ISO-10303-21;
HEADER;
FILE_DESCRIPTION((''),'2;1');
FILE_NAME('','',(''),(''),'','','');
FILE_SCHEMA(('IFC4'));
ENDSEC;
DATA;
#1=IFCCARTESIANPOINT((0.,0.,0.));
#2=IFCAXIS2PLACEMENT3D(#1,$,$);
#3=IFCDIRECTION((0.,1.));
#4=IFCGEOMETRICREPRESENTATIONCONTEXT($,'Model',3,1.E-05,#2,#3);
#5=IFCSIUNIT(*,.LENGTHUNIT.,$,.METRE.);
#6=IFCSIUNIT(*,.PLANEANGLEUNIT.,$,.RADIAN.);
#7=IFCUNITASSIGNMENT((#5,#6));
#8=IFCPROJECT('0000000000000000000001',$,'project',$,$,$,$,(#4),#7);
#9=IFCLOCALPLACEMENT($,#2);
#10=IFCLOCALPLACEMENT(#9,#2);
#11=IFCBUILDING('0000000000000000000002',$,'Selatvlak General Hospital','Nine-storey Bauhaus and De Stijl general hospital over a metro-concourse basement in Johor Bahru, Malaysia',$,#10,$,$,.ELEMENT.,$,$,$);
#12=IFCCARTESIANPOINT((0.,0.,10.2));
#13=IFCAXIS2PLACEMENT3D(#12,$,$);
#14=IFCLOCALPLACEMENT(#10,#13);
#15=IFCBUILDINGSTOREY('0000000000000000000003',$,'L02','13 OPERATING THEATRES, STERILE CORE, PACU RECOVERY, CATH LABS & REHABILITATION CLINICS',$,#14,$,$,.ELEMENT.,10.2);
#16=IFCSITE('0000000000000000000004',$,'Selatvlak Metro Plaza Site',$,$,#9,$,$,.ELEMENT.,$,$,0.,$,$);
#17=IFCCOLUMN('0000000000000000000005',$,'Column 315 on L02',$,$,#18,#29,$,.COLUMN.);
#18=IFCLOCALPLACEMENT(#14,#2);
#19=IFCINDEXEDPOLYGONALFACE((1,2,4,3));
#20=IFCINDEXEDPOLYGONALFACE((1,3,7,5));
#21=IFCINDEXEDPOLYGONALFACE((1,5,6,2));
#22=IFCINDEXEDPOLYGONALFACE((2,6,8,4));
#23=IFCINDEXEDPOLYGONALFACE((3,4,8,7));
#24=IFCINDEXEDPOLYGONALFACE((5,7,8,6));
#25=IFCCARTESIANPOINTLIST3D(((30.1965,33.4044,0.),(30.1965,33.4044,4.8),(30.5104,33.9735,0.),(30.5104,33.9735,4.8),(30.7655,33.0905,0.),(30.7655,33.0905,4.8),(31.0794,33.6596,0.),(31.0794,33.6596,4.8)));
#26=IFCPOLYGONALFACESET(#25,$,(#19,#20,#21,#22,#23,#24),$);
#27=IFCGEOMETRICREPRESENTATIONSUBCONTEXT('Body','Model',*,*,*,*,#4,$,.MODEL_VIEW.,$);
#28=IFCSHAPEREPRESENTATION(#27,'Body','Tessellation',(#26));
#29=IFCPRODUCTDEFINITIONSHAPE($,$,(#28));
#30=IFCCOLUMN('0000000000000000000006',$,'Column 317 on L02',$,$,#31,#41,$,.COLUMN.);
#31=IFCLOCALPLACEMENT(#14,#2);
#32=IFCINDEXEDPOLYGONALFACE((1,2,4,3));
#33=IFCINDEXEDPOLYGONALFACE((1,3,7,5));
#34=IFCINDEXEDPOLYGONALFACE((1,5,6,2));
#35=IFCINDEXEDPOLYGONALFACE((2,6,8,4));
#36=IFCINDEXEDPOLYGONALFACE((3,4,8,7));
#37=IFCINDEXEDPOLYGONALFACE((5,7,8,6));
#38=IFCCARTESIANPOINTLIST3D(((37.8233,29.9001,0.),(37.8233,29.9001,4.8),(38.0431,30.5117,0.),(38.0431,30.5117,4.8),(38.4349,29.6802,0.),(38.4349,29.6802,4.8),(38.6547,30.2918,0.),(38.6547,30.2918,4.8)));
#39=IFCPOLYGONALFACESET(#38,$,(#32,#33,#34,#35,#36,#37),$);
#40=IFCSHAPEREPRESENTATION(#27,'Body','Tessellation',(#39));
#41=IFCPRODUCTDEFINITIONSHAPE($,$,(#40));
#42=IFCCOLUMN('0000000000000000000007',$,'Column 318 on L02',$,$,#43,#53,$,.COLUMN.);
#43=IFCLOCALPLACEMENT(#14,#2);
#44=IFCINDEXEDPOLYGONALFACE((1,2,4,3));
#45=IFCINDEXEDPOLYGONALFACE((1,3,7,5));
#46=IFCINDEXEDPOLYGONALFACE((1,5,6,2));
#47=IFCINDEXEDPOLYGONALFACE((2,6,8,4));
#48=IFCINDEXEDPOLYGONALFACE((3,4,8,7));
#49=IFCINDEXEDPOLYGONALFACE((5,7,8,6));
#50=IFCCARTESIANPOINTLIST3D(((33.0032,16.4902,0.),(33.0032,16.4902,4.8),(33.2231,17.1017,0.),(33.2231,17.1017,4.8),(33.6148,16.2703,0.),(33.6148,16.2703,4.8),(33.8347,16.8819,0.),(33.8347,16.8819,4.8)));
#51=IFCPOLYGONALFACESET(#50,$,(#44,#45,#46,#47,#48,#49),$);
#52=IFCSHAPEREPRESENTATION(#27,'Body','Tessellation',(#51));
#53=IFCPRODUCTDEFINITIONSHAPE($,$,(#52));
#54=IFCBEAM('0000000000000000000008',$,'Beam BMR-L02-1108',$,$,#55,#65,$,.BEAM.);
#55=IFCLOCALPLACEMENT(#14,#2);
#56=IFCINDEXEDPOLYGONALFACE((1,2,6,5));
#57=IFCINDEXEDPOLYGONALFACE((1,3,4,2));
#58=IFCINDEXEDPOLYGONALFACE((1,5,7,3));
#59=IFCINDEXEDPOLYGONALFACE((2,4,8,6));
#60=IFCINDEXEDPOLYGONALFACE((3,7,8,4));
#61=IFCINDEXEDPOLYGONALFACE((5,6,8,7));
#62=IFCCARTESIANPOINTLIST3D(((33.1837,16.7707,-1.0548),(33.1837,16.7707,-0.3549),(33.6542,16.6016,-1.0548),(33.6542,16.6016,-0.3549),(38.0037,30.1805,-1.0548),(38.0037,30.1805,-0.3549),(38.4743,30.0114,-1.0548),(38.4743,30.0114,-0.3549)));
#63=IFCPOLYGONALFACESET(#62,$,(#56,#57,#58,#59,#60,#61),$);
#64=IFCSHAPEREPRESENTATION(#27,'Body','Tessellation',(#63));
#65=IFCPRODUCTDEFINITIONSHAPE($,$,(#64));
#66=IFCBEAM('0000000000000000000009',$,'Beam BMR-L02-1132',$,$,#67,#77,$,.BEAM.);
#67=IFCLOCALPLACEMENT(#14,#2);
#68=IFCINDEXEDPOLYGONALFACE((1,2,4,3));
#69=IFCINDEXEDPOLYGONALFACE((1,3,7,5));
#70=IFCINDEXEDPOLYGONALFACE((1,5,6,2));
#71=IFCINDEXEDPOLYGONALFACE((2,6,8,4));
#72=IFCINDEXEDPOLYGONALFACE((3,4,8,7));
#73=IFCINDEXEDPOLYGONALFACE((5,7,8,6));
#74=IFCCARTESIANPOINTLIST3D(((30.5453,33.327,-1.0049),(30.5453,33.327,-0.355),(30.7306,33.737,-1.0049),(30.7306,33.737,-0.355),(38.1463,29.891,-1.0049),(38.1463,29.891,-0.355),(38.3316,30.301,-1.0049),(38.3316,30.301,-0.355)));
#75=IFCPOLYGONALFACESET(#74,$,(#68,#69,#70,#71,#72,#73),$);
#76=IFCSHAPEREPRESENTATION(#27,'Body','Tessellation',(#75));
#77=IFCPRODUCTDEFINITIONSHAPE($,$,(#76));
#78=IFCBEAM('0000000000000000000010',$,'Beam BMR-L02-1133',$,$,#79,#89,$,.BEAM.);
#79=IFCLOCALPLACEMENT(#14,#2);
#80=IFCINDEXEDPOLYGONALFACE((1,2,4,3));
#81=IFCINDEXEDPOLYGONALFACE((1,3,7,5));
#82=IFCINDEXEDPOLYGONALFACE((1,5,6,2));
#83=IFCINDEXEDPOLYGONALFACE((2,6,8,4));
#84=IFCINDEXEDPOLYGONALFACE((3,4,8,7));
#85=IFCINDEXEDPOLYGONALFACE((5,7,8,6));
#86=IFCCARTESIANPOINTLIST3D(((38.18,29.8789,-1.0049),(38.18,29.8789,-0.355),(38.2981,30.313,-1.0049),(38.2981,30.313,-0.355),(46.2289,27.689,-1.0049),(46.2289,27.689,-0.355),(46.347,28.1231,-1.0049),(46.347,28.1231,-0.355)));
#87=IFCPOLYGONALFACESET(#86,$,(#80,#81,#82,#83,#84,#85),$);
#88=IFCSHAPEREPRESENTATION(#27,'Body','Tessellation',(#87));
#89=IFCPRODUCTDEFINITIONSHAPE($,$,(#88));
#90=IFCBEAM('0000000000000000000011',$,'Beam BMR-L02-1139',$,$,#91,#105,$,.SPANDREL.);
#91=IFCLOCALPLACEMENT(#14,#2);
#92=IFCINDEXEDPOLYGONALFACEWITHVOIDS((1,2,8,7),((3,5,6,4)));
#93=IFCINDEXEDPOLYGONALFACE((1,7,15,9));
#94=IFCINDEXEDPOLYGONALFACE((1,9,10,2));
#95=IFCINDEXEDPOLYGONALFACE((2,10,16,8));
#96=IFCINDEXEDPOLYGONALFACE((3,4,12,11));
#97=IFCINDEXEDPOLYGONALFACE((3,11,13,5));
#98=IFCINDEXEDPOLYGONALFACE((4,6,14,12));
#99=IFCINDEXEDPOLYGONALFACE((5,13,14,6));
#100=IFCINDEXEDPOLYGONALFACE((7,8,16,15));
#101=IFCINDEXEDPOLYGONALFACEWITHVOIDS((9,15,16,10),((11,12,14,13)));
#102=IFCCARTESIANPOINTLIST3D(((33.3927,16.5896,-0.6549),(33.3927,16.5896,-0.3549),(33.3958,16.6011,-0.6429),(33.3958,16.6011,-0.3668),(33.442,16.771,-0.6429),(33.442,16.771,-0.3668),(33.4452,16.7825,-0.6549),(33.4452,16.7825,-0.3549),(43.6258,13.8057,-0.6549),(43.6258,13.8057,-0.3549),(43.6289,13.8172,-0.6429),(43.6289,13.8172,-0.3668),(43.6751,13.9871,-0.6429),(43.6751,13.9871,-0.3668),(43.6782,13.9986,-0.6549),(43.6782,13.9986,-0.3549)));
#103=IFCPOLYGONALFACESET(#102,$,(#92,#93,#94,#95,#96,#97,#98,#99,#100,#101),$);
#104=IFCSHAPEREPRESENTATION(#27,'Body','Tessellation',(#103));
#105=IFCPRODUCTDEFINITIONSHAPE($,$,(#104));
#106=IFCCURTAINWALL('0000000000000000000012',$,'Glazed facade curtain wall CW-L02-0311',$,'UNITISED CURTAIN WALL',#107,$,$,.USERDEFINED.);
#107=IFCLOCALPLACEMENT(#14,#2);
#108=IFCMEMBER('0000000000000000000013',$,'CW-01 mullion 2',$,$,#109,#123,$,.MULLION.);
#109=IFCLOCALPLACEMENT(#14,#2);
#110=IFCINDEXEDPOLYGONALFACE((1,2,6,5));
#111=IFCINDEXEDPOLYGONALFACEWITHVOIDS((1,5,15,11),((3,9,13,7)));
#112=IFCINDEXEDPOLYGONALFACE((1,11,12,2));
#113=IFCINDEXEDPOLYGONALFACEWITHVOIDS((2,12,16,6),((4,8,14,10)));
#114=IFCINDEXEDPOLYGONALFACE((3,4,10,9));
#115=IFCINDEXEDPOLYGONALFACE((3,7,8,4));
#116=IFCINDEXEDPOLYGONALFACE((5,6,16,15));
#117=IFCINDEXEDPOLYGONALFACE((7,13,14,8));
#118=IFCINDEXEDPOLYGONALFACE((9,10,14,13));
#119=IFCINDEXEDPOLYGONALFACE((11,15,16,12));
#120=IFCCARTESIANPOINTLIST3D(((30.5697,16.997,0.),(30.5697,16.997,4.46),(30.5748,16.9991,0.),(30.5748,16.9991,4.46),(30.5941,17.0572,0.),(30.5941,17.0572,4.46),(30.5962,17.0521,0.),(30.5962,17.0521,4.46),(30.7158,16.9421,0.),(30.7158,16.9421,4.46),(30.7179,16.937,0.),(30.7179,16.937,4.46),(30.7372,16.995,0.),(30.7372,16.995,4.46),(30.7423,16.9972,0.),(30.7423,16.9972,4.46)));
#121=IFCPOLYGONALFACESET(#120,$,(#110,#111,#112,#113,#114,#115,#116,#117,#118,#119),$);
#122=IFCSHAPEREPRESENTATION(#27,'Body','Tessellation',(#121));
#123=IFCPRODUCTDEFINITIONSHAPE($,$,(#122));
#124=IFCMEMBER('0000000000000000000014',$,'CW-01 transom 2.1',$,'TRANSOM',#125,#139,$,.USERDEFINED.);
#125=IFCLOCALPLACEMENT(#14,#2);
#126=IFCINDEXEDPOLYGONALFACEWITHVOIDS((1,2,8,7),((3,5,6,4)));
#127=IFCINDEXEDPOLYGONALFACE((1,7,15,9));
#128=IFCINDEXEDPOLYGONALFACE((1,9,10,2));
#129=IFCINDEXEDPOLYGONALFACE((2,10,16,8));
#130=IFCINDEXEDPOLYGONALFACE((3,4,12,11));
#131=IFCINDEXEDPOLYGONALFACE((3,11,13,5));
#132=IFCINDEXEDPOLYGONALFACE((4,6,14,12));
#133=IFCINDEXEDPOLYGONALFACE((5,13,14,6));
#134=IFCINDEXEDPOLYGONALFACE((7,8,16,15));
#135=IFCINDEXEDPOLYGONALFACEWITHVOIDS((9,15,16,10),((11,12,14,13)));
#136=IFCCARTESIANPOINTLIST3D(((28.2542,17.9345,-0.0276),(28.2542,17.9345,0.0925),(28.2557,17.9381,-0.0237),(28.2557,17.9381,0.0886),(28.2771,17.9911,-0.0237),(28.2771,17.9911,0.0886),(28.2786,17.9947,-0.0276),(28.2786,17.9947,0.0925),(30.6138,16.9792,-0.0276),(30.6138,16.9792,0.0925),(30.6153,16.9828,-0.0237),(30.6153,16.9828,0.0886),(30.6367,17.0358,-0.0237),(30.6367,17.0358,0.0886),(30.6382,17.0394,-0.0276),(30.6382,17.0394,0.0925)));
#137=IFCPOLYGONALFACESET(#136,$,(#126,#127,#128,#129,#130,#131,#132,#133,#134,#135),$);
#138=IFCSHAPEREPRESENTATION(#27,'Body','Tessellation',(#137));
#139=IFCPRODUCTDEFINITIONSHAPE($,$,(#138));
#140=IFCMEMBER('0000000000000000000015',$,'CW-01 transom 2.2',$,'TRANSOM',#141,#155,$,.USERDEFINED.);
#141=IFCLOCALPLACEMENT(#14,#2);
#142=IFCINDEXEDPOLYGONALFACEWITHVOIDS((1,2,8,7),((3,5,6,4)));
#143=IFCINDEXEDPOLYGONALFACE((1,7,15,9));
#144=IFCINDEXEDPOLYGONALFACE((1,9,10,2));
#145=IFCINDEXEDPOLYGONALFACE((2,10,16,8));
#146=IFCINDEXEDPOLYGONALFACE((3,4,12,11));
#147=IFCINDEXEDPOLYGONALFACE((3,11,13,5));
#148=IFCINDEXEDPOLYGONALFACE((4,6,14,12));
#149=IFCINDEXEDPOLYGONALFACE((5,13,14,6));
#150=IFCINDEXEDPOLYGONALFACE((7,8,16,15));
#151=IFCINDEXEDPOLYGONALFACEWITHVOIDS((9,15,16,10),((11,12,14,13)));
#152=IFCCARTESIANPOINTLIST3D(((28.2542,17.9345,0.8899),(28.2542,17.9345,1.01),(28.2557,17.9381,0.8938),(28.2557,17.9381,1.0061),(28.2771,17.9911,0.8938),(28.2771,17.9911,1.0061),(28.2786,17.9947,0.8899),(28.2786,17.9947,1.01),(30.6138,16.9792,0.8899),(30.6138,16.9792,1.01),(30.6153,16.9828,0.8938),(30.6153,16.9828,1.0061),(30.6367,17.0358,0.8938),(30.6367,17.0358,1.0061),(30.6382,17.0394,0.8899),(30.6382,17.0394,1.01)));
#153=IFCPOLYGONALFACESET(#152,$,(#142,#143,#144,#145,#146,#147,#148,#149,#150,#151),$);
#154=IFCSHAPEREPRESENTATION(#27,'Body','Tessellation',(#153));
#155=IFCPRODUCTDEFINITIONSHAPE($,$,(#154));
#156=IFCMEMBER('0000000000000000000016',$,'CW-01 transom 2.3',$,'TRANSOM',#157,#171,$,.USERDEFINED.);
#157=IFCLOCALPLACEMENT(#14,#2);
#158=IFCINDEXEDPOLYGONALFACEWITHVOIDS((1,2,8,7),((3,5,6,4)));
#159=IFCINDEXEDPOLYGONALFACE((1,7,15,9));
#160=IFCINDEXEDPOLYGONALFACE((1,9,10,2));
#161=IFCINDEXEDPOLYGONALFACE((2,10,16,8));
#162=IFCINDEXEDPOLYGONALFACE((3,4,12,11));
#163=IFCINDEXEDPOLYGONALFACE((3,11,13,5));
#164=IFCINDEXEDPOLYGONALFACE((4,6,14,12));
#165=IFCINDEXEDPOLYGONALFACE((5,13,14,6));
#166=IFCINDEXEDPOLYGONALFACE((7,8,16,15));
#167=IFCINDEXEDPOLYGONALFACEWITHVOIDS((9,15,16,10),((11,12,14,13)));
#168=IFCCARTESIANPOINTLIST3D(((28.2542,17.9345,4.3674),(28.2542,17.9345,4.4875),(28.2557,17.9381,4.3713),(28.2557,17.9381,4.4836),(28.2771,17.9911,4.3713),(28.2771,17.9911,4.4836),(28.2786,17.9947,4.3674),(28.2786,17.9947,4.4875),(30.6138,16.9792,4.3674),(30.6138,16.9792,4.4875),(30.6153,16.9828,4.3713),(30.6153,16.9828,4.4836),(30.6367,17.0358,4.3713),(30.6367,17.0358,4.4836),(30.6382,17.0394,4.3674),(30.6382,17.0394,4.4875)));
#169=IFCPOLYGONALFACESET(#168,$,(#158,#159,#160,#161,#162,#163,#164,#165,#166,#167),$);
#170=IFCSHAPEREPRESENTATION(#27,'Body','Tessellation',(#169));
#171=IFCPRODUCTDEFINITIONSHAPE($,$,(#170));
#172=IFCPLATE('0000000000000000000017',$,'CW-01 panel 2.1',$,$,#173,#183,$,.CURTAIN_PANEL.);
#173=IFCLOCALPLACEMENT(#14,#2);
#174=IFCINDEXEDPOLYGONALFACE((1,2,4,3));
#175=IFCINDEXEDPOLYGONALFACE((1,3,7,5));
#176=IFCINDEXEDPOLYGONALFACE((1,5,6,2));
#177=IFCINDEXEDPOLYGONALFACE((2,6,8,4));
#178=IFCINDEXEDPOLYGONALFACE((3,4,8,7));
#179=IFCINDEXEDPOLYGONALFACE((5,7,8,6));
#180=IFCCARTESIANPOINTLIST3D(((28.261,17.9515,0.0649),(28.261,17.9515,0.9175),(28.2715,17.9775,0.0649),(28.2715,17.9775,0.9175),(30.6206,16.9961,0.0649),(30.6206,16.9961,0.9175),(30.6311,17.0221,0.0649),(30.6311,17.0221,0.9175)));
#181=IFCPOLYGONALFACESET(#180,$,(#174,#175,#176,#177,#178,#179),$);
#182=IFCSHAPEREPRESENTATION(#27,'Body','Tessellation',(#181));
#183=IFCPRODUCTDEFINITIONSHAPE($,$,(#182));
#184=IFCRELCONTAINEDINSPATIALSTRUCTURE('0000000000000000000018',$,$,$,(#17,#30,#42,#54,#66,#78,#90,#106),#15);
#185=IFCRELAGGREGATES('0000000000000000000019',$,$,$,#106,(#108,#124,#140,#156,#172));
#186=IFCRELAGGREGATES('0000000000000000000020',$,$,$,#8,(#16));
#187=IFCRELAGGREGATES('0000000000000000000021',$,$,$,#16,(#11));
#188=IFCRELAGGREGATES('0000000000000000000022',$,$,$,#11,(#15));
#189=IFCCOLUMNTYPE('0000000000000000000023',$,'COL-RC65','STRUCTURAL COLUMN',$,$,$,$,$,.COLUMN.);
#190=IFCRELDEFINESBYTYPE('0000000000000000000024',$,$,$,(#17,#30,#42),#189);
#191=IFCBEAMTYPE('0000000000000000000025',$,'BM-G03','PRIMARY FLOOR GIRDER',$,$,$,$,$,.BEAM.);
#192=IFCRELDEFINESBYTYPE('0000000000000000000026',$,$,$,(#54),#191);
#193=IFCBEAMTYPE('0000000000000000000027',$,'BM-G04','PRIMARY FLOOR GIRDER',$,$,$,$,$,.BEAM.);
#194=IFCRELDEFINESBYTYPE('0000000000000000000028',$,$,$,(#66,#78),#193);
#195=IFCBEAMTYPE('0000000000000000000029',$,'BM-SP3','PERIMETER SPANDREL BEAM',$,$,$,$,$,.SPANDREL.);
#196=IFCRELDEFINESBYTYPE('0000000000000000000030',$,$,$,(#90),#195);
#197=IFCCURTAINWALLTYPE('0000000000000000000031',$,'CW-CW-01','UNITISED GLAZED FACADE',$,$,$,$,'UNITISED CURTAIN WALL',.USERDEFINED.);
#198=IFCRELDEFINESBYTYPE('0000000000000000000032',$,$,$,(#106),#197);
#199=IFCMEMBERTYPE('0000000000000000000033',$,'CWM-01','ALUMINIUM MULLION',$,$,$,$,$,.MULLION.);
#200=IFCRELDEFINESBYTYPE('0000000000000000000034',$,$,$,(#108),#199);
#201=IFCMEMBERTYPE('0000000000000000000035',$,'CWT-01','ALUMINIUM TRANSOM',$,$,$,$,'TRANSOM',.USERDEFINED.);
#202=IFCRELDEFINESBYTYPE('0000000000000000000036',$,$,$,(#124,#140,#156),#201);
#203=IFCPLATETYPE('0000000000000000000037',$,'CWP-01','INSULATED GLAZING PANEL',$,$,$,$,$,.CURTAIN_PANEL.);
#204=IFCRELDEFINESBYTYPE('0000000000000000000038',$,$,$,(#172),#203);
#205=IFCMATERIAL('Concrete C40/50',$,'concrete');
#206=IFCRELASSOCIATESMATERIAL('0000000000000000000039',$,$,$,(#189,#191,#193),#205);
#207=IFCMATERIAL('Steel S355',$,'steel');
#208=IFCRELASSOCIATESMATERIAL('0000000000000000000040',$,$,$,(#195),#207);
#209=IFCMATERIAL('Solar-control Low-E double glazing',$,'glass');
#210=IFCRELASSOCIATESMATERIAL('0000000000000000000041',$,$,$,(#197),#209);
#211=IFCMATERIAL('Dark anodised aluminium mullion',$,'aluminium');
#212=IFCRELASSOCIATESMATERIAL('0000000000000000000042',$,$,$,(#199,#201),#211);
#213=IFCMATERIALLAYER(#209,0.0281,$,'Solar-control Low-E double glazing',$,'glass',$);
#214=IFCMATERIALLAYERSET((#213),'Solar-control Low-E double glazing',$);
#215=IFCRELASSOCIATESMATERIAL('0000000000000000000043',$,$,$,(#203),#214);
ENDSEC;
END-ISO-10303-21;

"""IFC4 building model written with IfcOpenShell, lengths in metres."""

from ifc_helpers import new_model, si_unit, direction, frame, origin, origin_2d, place, context, subcontext, project, spatial, rectangle, hollow_rectangle, extrude, material, layer, layer_set, material_profile, profile_set, type_object, element, aggregate, save


model = new_model("IFC4")

# Units and contexts
model_context = context("Model", 3, precision=1e-05, world=origin(), true_north=direction((0.0, 1.0)))
body_context = subcontext(model_context, "Body", "Model", "MODEL_VIEW")
ifc_project = project(units=[si_unit("LENGTHUNIT", "METRE"), si_unit("PLANEANGLEUNIT", "RADIAN")], contexts=[model_context])

# Site, building, storey
site_placement = place(None, origin())
site = spatial("IfcSite", under=ifc_project, at=site_placement, Name="Selatvlak Metro Plaza Site", CompositionType="ELEMENT", RefElevation=0.0)
building_placement = place(site_placement, origin())
building = spatial("IfcBuilding", under=site, at=building_placement, Name="Selatvlak General Hospital", Description="Nine-storey Bauhaus and De Stijl general hospital over a metro-concourse basement in Johor Bahru, Malaysia", CompositionType="ELEMENT")
storey_placement = place(building_placement, frame((0.0, 0.0, 10.2)))
storey = spatial("IfcBuildingStorey", under=building, at=storey_placement, Name="L02", Description="13 OPERATING THEATRES, STERILE CORE, PACU RECOVERY, CATH LABS & REHABILITATION CLINICS", CompositionType="ELEMENT", Elevation=10.2)

# Columns
ifc_material_1 = material(Name="Concrete C40/50", Category="concrete")
ifc_material_profile_1 = material_profile(ifc_material_1, rectangle(XDim=0.6499, YDim=0.6499, at=origin_2d()), Name="RC-COL 650x650")
ifc_profile_set_1 = profile_set([ifc_material_profile_1], Name="Concrete C40/50")
column_type = type_object("IfcColumnType", Name="COL-RC65", Description="STRUCTURAL COLUMN", PredefinedType="COLUMN", material=ifc_profile_set_1)
for number, where, z_axis, x_axis, name in (
    (1, (30.6379, 33.532, 0.0), (0.0, 0.0, 1.0), (0.483007, 0.875616, 0.0), "Column 315 on L02"),
    (2, (38.239, 30.0959, 0.0), (0.0, 0.0, 1.0), (0.338262, 0.941052, 0.0), "Column 317 on L02"),
    (3, (33.4189, 16.686, 0.0), (0.0, 0.0, 1.0), (0.338262, 0.941052, 0.0), "Column 318 on L02"),
):
    element("IfcColumn", number, at=place(storey_placement, frame(where, z_axis=z_axis, x_axis=x_axis)), inside=storey, type_object=column_type, Name=name, PredefinedType="COLUMN", context=body_context, shape_type="SweptSolid", body=[
        extrude(rectangle(XDim=0.6499, YDim=0.6499, at=origin_2d()), origin(), (0.0, 0.0, 1.0), 4.8),
    ])

# Beams
ifc_material_profile_2 = material_profile(ifc_material_1, rectangle(XDim=0.5, YDim=0.7, at=origin_2d()), Name="RC-BM 500x700")
ifc_profile_set_2 = profile_set([ifc_material_profile_2], Name="Concrete C40/50")
beam_type_1 = type_object("IfcBeamType", Name="BM-G03", Description="PRIMARY FLOOR GIRDER", PredefinedType="BEAM", material=ifc_profile_set_2)
beam_1_placement = place(storey_placement, frame((38.239, 30.0959, -0.7048), z_axis=(-0.338253, -0.941055, 0.0), x_axis=(0.941055, -0.338253, 0.0)))
element("IfcBeam", 4, at=beam_1_placement, inside=storey, type_object=beam_type_1, Name="Beam BMR-L02-1108", PredefinedType="BEAM", context=body_context, shape_type="SweptSolid", body=[
    extrude(rectangle(XDim=0.5, YDim=0.7, at=origin_2d()), origin(), (0.0, 0.0, 1.0), 14.2498),
])
ifc_material_profile_3 = material_profile(ifc_material_1, rectangle(XDim=0.45, YDim=0.6499, at=origin_2d()), Name="RC-BM 450x650")
ifc_profile_set_3 = profile_set([ifc_material_profile_3], Name="Concrete C40/50")
beam_type_2 = type_object("IfcBeamType", Name="BM-G04", Description="PRIMARY FLOOR GIRDER", PredefinedType="BEAM", material=ifc_profile_set_3)
for number, where, z_axis, x_axis, name in (
    (5, (30.6379, 33.532, -0.6799), (0.911223, -0.411914, 0.0), (0.411914, 0.911223, 0.0), "Beam BMR-L02-1132"),
    (6, (38.239, 30.0959, -0.6799), (0.964924, -0.26253, 0.0), (0.26253, 0.964924, 0.0), "Beam BMR-L02-1133"),
):
    element("IfcBeam", number, at=place(storey_placement, frame(where, z_axis=z_axis, x_axis=x_axis)), inside=storey, type_object=beam_type_2, Name=name, PredefinedType="BEAM", context=body_context, shape_type="SweptSolid", body=[
        extrude(rectangle(XDim=0.45, YDim=0.6499, at=origin_2d()), origin(), (0.0, 0.0, 1.0), 8.3416),
    ])
ifc_material_2 = material(Name="Steel S355", Category="steel")
ifc_material_profile_4 = material_profile(ifc_material_2, hollow_rectangle(XDim=0.2, YDim=0.3, WallThickness=0.012, at=origin_2d()), Name="RHS 300x200x12")
ifc_profile_set_4 = profile_set([ifc_material_profile_4], Name="Steel S355")
beam_type_3 = type_object("IfcBeamType", Name="BM-SP3", Description="PERIMETER SPANDREL BEAM", PredefinedType="SPANDREL", material=ifc_profile_set_4)
beam_2_placement = place(storey_placement, frame((33.4189, 16.686, -0.5049), z_axis=(0.964929, -0.26251, 0.0), x_axis=(0.26251, 0.964929, 0.0)))
element("IfcBeam", 7, at=beam_2_placement, inside=storey, type_object=beam_type_3, Name="Beam BMR-L02-1139", PredefinedType="SPANDREL", context=body_context, shape_type="SweptSolid", body=[
    extrude(hollow_rectangle(XDim=0.2, YDim=0.3, WallThickness=0.012, at=origin_2d()), origin(), (0.0, 0.0, 1.0), 10.605),
])

# Curtain wall, members, plate
ifc_material_3 = material(Name="Solar-control Low-E double glazing", Category="glass")
curtain_wall_type = type_object("IfcCurtainWallType", Name="CW-CW-01", Description="UNITISED GLAZED FACADE", ElementType="UNITISED CURTAIN WALL", PredefinedType="USERDEFINED", material=ifc_material_3)
curtain_wall_placement = place(storey_placement, origin())
curtain_wall = element("IfcCurtainWall", 8, at=curtain_wall_placement, inside=storey, type_object=curtain_wall_type, Name="Glazed facade curtain wall CW-L02-0311", ObjectType="UNITISED CURTAIN WALL", PredefinedType="USERDEFINED")
ifc_material_4 = material(Name="Dark anodised aluminium mullion", Category="aluminium")
ifc_material_profile_5 = material_profile(ifc_material_4, hollow_rectangle(XDim=0.0649, YDim=0.1599, WallThickness=0.0039, at=origin_2d()), Name="AL-MUL 65x160x4")
ifc_profile_set_5 = profile_set([ifc_material_profile_5], Name="Dark anodised aluminium mullion")
member_type_1 = type_object("IfcMemberType", Name="CWM-01", Description="ALUMINIUM MULLION", PredefinedType="MULLION", material=ifc_profile_set_5)
member_1_placement = place(storey_placement, frame((30.656, 16.9971, 0.0), z_axis=(0.0, 0.0, 1.0), x_axis=(-0.375301, -0.926903, 0.0)))
member_1 = element("IfcMember", 9, at=member_1_placement, type_object=member_type_1, Name="CW-01 mullion 2", PredefinedType="MULLION", context=body_context, shape_type="SweptSolid", body=[
    extrude(hollow_rectangle(XDim=0.0649, YDim=0.1599, WallThickness=0.0039, at=origin_2d()), origin(), (0.0, 0.0, 1.0), 4.46),
])
ifc_material_profile_6 = material_profile(ifc_material_4, hollow_rectangle(XDim=0.0649, YDim=0.1201, WallThickness=0.0039, at=origin_2d()), Name="AL-TRN 65x120x4")
ifc_profile_set_6 = profile_set([ifc_material_profile_6], Name="Dark anodised aluminium mullion")
member_type_2 = type_object("IfcMemberType", Name="CWT-01", Description="ALUMINIUM TRANSOM", ElementType="TRANSOM", PredefinedType="USERDEFINED", material=ifc_profile_set_6)
member_2_placement = place(storey_placement, frame((30.626, 17.0093, 0.0325), z_axis=(-0.926914, 0.375273, 0.0), x_axis=(-0.375273, -0.926914, 0.0)))
member_2 = element("IfcMember", 10, at=member_2_placement, type_object=member_type_2, Name="CW-01 transom 2.1", ObjectType="TRANSOM", PredefinedType="USERDEFINED", context=body_context, shape_type="SweptSolid", body=[
    extrude(hollow_rectangle(XDim=0.0649, YDim=0.1201, WallThickness=0.0039, at=origin_2d()), origin(), (0.0, 0.0, 1.0), 2.5457),
])
member_3_placement = place(storey_placement, frame((30.626, 17.0093, 0.95), z_axis=(-0.926914, 0.375273, 0.0), x_axis=(-0.375273, -0.926914, 0.0)))
member_3 = element("IfcMember", 11, at=member_3_placement, type_object=member_type_2, Name="CW-01 transom 2.2", ObjectType="TRANSOM", PredefinedType="USERDEFINED", context=body_context, shape_type="SweptSolid", body=[
    extrude(hollow_rectangle(XDim=0.0649, YDim=0.1201, WallThickness=0.0039, at=origin_2d()), origin(), (0.0, 0.0, 1.0), 2.5457),
])
member_4_placement = place(storey_placement, frame((30.626, 17.0093, 4.4275), z_axis=(-0.926914, 0.375273, 0.0), x_axis=(-0.375273, -0.926914, 0.0)))
member_4 = element("IfcMember", 12, at=member_4_placement, type_object=member_type_2, Name="CW-01 transom 2.3", ObjectType="TRANSOM", PredefinedType="USERDEFINED", context=body_context, shape_type="SweptSolid", body=[
    extrude(hollow_rectangle(XDim=0.0649, YDim=0.1201, WallThickness=0.0039, at=origin_2d()), origin(), (0.0, 0.0, 1.0), 2.5457),
])
ifc_layer_1 = layer(ifc_material_3, 0.0281, Name="Solar-control Low-E double glazing", Category="glass")
ifc_layer_set_1 = layer_set([ifc_layer_1], Name="Solar-control Low-E double glazing")
plate_type = type_object("IfcPlateType", Name="CWP-01", Description="INSULATED GLAZING PANEL", PredefinedType="CURTAIN_PANEL", material=ifc_layer_set_1)
plate_1_placement = place(storey_placement, frame((29.446, 17.4868, 0.0649), z_axis=(0.0, 0.0, 1.0), x_axis=(-0.926903, 0.375301, 0.0)))
plate_1 = element("IfcPlate", 13, at=plate_1_placement, type_object=plate_type, Name="CW-01 panel 2.1", PredefinedType="CURTAIN_PANEL", context=body_context, shape_type="SweptSolid", body=[
    extrude(rectangle(XDim=2.5457, YDim=0.0281, at=origin_2d()), origin(), (0.0, 0.0, 1.0), 0.8525),
])
aggregate(curtain_wall, [member_1, member_2, member_3, member_4, plate_1])

save(model, "model.ifc")
